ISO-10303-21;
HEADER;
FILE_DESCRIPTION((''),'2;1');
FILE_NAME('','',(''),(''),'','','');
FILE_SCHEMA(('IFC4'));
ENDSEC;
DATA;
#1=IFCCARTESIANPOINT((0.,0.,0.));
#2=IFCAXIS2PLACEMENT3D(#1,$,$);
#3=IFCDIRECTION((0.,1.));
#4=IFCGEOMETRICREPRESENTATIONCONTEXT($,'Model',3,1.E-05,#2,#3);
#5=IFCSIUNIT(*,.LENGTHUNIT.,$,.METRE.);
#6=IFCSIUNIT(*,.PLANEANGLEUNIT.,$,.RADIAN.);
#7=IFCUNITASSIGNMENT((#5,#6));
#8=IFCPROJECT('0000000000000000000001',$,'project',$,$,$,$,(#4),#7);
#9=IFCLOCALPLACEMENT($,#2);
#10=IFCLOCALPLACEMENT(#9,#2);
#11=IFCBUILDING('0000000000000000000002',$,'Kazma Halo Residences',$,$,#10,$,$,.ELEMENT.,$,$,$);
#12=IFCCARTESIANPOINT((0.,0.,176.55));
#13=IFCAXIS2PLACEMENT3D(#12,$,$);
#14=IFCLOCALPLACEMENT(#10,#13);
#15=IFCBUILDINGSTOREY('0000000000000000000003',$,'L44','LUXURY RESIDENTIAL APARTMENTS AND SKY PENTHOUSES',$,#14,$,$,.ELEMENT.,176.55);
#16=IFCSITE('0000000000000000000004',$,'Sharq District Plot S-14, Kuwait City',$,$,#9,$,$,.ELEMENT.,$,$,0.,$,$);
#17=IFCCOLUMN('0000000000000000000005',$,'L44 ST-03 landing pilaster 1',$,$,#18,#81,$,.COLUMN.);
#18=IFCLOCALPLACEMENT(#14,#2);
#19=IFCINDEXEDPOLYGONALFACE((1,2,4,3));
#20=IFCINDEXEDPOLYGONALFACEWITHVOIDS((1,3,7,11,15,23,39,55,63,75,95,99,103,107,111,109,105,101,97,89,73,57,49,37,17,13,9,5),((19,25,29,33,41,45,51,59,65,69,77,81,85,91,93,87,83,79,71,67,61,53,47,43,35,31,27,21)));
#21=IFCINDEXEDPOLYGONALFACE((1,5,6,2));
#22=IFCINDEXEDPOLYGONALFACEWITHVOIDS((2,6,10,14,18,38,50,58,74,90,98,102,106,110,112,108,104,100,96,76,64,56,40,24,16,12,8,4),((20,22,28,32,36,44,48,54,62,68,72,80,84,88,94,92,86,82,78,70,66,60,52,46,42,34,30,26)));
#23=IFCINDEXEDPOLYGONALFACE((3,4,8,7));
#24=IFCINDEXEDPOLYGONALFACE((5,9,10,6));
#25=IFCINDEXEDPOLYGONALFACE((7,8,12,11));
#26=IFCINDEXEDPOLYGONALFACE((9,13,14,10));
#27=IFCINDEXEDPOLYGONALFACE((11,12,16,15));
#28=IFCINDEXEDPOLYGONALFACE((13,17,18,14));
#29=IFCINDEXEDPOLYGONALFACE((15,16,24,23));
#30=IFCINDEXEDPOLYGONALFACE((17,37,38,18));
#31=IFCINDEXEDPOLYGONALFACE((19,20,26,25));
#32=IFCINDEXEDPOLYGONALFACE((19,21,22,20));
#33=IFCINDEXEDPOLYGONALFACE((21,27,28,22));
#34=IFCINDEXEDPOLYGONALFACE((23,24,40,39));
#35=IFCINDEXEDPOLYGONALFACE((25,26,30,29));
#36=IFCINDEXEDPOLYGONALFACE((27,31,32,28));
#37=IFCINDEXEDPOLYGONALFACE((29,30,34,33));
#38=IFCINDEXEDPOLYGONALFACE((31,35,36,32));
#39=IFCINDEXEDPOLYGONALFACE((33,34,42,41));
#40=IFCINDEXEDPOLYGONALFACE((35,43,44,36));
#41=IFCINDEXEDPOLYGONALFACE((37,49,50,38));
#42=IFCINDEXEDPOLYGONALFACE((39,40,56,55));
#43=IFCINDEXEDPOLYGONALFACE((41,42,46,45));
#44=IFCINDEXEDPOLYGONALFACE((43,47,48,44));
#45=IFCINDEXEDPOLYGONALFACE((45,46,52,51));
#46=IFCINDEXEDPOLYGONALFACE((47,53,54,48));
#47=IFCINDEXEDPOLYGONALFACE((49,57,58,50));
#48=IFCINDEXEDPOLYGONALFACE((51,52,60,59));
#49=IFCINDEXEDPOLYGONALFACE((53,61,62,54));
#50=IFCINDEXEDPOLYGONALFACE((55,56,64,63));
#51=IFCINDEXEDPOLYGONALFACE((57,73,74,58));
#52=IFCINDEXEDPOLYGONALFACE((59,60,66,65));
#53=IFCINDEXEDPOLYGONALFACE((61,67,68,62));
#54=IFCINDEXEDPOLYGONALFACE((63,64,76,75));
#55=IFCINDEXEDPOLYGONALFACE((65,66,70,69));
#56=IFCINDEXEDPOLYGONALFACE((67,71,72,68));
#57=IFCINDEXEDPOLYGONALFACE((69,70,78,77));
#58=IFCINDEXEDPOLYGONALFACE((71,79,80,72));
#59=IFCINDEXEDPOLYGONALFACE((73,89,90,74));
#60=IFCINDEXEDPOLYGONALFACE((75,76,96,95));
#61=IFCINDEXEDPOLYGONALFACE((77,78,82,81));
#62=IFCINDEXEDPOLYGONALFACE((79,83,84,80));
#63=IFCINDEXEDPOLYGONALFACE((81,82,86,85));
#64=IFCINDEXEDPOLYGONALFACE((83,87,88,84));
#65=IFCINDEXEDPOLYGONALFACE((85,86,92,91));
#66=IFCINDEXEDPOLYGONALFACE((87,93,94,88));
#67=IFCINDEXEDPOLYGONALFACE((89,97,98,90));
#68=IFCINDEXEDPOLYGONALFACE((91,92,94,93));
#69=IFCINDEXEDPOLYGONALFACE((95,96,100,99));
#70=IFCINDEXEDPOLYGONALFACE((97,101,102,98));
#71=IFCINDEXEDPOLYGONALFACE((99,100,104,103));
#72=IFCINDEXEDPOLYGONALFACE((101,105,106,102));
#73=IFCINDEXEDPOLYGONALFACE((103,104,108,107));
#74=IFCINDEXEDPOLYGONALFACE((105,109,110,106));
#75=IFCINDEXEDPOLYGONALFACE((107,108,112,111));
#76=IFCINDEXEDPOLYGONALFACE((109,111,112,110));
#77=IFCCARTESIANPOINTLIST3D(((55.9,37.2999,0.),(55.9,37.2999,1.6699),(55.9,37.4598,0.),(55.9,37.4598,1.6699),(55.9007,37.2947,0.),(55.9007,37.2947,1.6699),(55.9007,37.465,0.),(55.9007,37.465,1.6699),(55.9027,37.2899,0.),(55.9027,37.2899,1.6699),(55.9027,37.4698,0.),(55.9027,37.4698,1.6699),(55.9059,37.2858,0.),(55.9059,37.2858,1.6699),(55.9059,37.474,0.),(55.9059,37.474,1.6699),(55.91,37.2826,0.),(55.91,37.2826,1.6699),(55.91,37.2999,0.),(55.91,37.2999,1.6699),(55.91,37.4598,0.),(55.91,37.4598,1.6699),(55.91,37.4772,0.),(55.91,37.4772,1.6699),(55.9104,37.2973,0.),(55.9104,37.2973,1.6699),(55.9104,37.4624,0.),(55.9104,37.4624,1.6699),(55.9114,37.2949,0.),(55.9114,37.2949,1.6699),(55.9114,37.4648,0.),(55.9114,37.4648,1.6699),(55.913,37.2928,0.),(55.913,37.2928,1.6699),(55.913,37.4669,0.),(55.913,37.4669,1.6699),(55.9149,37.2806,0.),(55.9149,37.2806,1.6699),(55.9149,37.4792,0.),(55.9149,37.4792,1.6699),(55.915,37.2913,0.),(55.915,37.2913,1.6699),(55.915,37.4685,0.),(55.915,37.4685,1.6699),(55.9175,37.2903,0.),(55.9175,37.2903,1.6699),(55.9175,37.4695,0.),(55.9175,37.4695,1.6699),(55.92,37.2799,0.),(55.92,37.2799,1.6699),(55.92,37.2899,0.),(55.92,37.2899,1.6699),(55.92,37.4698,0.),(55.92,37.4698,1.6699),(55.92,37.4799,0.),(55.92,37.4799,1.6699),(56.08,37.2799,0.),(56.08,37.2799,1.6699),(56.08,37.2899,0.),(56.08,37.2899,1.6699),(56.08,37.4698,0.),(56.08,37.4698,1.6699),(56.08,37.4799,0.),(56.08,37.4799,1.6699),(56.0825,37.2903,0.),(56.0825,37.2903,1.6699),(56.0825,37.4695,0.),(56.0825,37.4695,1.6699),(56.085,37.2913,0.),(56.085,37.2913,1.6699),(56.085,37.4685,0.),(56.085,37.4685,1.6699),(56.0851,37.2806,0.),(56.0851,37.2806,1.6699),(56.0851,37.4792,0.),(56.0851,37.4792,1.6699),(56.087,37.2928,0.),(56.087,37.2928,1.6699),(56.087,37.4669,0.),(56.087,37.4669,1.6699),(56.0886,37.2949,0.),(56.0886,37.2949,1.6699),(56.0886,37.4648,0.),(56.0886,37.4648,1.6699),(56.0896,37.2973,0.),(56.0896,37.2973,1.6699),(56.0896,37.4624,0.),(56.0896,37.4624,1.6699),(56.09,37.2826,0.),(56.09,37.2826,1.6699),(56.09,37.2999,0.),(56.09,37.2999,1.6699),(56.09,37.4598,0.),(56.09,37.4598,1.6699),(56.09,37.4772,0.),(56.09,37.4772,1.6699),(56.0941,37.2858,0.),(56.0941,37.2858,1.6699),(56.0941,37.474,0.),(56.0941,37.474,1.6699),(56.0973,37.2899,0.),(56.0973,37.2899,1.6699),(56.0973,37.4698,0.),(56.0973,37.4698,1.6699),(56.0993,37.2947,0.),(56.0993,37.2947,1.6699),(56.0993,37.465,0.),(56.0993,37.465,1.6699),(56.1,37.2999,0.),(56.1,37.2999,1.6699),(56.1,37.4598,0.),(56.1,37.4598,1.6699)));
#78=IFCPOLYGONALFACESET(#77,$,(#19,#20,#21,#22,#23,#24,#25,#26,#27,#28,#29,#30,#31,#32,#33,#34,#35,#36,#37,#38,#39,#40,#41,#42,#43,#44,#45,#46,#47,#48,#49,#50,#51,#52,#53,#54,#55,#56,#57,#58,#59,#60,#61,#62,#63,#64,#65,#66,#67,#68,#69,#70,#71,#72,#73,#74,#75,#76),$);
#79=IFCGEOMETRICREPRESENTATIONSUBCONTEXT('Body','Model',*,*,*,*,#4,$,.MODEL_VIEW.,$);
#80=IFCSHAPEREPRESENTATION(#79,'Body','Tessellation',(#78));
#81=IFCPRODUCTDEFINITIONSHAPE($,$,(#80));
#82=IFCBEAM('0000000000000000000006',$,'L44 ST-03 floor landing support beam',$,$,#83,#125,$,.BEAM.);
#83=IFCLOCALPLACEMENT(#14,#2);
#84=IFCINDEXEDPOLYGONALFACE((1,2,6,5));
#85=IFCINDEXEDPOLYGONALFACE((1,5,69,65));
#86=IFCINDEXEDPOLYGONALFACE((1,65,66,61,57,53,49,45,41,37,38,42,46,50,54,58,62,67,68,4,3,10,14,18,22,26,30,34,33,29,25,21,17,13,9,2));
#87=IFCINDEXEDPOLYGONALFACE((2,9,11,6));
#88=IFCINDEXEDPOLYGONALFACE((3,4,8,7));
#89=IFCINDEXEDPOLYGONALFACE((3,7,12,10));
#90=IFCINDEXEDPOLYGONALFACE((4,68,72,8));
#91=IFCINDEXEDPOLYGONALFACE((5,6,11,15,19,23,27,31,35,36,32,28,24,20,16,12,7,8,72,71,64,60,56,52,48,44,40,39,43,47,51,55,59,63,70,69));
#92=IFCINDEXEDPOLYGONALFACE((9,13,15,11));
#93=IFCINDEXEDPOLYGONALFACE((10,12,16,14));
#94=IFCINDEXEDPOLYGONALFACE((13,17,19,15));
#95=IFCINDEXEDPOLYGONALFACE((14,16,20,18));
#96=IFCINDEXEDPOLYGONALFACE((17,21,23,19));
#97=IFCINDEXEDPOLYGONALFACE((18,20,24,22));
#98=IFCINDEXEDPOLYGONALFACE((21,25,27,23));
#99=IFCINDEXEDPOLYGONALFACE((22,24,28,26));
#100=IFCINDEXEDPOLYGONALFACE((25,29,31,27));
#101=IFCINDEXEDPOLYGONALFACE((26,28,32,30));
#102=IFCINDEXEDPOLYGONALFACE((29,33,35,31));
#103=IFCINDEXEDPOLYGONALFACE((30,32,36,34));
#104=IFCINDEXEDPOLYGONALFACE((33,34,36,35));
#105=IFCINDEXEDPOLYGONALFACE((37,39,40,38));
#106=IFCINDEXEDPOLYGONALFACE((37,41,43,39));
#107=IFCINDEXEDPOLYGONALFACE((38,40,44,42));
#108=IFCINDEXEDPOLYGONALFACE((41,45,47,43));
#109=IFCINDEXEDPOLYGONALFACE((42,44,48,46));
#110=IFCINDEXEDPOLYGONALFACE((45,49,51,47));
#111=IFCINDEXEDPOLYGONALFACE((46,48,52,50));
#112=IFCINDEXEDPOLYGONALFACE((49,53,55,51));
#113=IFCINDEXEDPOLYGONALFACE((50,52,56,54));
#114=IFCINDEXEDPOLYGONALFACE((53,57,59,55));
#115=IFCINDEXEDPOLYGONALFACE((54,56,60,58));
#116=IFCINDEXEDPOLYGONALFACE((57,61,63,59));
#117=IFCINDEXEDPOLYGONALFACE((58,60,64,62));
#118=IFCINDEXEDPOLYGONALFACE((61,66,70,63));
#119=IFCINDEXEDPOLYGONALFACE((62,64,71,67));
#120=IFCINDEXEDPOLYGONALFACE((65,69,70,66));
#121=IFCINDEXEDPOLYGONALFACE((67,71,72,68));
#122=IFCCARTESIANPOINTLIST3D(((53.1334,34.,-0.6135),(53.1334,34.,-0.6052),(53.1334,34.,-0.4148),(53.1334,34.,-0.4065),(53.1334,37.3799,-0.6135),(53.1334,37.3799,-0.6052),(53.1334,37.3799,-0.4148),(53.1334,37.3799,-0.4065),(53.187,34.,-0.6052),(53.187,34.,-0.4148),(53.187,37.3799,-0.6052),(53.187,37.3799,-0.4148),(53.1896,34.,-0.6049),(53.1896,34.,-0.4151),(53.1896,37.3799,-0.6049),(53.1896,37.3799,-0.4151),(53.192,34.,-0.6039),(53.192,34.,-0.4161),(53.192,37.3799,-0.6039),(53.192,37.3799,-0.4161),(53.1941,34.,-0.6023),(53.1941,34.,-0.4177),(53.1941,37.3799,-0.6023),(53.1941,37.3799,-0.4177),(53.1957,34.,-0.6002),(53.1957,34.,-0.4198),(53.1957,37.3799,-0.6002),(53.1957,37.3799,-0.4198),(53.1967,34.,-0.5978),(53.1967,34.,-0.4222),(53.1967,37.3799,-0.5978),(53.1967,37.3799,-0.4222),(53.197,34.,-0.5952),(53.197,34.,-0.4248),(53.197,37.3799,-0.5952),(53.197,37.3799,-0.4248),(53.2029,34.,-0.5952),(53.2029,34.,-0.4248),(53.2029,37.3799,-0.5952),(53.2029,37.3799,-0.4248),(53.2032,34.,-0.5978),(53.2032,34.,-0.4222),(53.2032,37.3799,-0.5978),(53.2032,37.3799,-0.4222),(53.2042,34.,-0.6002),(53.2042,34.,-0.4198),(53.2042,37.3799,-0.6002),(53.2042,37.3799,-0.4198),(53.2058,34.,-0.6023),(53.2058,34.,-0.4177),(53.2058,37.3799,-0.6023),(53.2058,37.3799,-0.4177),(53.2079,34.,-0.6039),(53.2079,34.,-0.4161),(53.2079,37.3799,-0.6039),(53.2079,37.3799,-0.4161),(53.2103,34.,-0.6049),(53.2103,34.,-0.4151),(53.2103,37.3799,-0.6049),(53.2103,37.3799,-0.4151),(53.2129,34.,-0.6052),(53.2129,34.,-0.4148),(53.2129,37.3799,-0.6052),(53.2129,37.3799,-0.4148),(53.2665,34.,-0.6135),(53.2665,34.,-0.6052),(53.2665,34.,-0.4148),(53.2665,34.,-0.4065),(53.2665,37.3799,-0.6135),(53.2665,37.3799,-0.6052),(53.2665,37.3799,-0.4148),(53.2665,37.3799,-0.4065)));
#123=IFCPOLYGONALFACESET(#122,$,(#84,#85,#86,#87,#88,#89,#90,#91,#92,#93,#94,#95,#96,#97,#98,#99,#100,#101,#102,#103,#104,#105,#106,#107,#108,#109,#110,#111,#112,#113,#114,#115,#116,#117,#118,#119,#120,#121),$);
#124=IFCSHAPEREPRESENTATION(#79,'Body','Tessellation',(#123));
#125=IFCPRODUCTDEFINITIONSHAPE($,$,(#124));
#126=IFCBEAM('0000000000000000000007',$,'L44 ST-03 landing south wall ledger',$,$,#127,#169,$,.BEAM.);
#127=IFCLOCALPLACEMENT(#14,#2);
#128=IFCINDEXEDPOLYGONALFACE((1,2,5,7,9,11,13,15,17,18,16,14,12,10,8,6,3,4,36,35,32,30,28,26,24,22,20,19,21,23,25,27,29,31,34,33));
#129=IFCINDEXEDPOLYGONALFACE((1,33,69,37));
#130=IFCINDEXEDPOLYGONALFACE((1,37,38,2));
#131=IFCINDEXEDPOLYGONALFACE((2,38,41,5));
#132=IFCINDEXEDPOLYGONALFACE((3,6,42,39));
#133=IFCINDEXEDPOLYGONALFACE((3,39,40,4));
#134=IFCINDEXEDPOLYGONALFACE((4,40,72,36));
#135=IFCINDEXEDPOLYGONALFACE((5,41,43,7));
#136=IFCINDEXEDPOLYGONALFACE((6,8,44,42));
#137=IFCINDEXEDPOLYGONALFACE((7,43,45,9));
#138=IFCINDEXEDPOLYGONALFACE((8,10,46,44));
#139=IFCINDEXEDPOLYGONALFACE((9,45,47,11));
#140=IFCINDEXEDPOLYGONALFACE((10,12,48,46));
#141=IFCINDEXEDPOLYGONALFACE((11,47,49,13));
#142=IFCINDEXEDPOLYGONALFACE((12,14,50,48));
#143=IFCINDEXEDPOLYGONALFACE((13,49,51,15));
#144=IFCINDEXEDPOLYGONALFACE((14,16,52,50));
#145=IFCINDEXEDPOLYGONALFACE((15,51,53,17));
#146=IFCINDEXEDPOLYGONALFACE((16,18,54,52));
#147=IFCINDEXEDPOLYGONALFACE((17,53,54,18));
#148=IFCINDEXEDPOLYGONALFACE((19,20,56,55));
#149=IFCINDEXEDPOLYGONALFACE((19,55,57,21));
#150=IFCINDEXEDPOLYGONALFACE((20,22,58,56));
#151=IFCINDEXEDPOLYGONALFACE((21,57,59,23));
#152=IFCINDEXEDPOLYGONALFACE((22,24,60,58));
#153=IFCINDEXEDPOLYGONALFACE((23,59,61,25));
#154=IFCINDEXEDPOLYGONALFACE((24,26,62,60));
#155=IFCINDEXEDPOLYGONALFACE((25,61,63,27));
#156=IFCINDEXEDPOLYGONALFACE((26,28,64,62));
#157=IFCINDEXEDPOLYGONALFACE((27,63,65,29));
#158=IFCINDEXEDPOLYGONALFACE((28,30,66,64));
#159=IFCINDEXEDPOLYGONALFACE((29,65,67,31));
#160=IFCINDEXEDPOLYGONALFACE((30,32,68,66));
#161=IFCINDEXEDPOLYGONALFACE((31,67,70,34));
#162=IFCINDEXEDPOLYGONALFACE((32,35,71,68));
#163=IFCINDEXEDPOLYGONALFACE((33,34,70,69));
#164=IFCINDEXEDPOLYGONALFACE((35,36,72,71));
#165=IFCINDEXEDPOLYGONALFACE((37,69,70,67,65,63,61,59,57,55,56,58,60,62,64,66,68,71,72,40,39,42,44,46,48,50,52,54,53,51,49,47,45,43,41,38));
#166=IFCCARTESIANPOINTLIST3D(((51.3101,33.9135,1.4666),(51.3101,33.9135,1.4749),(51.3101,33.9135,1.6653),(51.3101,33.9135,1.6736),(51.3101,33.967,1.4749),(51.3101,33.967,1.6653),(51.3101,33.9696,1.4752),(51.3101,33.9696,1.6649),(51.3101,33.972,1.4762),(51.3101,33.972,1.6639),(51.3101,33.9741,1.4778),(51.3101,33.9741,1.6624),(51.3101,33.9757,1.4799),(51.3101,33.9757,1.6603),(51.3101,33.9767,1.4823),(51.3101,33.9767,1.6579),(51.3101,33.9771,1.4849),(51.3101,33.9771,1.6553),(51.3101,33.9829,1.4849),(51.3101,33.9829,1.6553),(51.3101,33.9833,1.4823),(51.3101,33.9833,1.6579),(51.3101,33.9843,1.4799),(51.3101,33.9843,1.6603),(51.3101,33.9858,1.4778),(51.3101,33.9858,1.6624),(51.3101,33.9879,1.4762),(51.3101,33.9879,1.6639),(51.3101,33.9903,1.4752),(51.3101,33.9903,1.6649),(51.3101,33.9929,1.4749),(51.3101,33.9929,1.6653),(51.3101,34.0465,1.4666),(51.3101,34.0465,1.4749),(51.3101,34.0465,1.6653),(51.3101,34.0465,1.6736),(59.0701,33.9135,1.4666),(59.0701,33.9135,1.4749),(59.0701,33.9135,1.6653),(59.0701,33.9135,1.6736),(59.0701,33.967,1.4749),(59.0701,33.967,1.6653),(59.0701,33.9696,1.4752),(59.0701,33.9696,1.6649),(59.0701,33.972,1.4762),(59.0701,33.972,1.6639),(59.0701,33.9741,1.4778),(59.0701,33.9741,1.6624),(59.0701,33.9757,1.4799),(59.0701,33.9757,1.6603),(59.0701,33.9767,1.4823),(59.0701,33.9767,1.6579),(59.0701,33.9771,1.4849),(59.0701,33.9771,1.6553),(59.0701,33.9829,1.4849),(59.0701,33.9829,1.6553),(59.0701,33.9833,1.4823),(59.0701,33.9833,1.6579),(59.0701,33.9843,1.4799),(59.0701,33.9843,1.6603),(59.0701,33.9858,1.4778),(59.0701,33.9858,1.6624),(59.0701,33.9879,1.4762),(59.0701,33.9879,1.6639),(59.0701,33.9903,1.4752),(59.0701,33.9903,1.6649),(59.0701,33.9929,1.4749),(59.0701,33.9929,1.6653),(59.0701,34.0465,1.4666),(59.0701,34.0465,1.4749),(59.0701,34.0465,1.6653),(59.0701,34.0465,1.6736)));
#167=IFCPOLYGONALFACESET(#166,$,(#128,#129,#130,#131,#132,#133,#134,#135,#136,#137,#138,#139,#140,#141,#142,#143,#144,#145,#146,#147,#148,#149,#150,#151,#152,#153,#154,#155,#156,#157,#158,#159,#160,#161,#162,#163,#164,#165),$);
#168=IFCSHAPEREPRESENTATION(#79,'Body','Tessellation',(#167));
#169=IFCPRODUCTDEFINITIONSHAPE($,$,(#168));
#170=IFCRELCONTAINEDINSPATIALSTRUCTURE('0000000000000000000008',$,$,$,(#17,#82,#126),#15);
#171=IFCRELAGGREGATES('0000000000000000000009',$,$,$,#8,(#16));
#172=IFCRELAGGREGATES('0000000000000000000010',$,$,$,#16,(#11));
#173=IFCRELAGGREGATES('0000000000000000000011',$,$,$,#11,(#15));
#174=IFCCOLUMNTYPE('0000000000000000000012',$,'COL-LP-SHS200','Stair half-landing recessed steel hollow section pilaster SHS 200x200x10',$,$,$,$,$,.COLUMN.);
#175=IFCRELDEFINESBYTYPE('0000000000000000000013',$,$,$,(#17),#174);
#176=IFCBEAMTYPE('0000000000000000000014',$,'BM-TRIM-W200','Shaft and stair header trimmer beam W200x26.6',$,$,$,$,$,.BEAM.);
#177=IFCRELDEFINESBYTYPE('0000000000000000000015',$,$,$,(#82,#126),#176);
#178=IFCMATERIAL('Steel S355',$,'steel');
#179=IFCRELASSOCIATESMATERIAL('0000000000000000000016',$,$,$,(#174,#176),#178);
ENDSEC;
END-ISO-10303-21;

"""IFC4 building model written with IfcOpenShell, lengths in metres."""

from ifc_helpers import new_model, si_unit, direction, frame, origin, origin_2d, place, context, subcontext, project, spatial, hollow_rectangle, i_section, extrude, material, material_profile, profile_set, type_object, element, save


model = new_model("IFC4")

# Units and contexts
model_context = context("Model", 3, precision=1e-05, world=origin(), true_north=direction((0.0, 1.0)))
body_context = subcontext(model_context, "Body", "Model", "MODEL_VIEW")
ifc_project = project(units=[si_unit("LENGTHUNIT", "METRE"), si_unit("PLANEANGLEUNIT", "RADIAN")], contexts=[model_context])

# Site, building, storey
site_placement = place(None, origin())
site = spatial("IfcSite", under=ifc_project, at=site_placement, Name="Sharq District Plot S-14, Kuwait City", CompositionType="ELEMENT", RefElevation=0.0)
building_placement = place(site_placement, origin())
building = spatial("IfcBuilding", under=site, at=building_placement, Name="Kazma Halo Residences", CompositionType="ELEMENT")
storey_placement = place(building_placement, frame((0.0, 0.0, 176.55)))
storey = spatial("IfcBuildingStorey", under=building, at=storey_placement, Name="L44", Description="LUXURY RESIDENTIAL APARTMENTS AND SKY PENTHOUSES", CompositionType="ELEMENT", Elevation=176.55)

# Column
ifc_material_1 = material(Name="Steel S355", Category="steel")
ifc_material_profile_1 = material_profile(ifc_material_1, hollow_rectangle(XDim=0.2, YDim=0.2, WallThickness=0.01, InnerFilletRadius=0.01, OuterFilletRadius=0.02, at=origin_2d()), Name="SHS200x200x10")
ifc_profile_set_1 = profile_set([ifc_material_profile_1], Name="Steel S355")
column_type = type_object("IfcColumnType", Name="COL-LP-SHS200", Description="Stair half-landing recessed steel hollow section pilaster SHS 200x200x10", PredefinedType="COLUMN", material=ifc_profile_set_1)
column_placement = place(storey_placement, frame((56.0, 37.3799, 0.0), z_axis=(0.0, 0.0, 1.0), x_axis=(1.0, 0.0, 0.0)))
element("IfcColumn", 1, at=column_placement, inside=storey, type_object=column_type, Name="L44 ST-03 landing pilaster 1", PredefinedType="COLUMN", context=body_context, shape_type="SweptSolid", body=[
    extrude(hollow_rectangle(XDim=0.2, YDim=0.2, WallThickness=0.01, InnerFilletRadius=0.01, OuterFilletRadius=0.02, at=origin_2d()), origin(), (0.0, 0.0, 1.0), 1.6699),
])

# Beams
ifc_material_profile_2 = material_profile(ifc_material_1, i_section(OverallWidth=0.1331, OverallDepth=0.207, WebThickness=0.0059, FlangeThickness=0.0083, FilletRadius=0.01, at=origin_2d()), Name="W200x26.6")
ifc_profile_set_2 = profile_set([ifc_material_profile_2], Name="Steel S355")
beam_type = type_object("IfcBeamType", Name="BM-TRIM-W200", Description="Shaft and stair header trimmer beam W200x26.6", PredefinedType="BEAM", material=ifc_profile_set_2)
beam_1_placement = place(storey_placement, frame((53.2, 34.0, -0.51), z_axis=(0.0, 1.0, 0.0), x_axis=(-1.0, 0.0, 0.0)))
element("IfcBeam", 2, at=beam_1_placement, inside=storey, type_object=beam_type, Name="L44 ST-03 floor landing support beam", PredefinedType="BEAM", context=body_context, shape_type="SweptSolid", body=[
    extrude(i_section(OverallWidth=0.1331, OverallDepth=0.207, WebThickness=0.0059, FlangeThickness=0.0083, FilletRadius=0.01, at=origin_2d()), origin(), (0.0, 0.0, 1.0), 3.3799),
])
beam_2_placement = place(storey_placement, frame((51.3101, 33.98, 1.5701), z_axis=(1.0, 0.0, 0.0), x_axis=(0.0, 1.0, 0.0)))
element("IfcBeam", 3, at=beam_2_placement, inside=storey, type_object=beam_type, Name="L44 ST-03 landing south wall ledger", PredefinedType="BEAM", context=body_context, shape_type="SweptSolid", body=[
    extrude(i_section(OverallWidth=0.1331, OverallDepth=0.207, WebThickness=0.0059, FlangeThickness=0.0083, FilletRadius=0.01, at=origin_2d()), origin(), (0.0, 0.0, 1.0), 7.76),
])

save(model, "model.ifc")
